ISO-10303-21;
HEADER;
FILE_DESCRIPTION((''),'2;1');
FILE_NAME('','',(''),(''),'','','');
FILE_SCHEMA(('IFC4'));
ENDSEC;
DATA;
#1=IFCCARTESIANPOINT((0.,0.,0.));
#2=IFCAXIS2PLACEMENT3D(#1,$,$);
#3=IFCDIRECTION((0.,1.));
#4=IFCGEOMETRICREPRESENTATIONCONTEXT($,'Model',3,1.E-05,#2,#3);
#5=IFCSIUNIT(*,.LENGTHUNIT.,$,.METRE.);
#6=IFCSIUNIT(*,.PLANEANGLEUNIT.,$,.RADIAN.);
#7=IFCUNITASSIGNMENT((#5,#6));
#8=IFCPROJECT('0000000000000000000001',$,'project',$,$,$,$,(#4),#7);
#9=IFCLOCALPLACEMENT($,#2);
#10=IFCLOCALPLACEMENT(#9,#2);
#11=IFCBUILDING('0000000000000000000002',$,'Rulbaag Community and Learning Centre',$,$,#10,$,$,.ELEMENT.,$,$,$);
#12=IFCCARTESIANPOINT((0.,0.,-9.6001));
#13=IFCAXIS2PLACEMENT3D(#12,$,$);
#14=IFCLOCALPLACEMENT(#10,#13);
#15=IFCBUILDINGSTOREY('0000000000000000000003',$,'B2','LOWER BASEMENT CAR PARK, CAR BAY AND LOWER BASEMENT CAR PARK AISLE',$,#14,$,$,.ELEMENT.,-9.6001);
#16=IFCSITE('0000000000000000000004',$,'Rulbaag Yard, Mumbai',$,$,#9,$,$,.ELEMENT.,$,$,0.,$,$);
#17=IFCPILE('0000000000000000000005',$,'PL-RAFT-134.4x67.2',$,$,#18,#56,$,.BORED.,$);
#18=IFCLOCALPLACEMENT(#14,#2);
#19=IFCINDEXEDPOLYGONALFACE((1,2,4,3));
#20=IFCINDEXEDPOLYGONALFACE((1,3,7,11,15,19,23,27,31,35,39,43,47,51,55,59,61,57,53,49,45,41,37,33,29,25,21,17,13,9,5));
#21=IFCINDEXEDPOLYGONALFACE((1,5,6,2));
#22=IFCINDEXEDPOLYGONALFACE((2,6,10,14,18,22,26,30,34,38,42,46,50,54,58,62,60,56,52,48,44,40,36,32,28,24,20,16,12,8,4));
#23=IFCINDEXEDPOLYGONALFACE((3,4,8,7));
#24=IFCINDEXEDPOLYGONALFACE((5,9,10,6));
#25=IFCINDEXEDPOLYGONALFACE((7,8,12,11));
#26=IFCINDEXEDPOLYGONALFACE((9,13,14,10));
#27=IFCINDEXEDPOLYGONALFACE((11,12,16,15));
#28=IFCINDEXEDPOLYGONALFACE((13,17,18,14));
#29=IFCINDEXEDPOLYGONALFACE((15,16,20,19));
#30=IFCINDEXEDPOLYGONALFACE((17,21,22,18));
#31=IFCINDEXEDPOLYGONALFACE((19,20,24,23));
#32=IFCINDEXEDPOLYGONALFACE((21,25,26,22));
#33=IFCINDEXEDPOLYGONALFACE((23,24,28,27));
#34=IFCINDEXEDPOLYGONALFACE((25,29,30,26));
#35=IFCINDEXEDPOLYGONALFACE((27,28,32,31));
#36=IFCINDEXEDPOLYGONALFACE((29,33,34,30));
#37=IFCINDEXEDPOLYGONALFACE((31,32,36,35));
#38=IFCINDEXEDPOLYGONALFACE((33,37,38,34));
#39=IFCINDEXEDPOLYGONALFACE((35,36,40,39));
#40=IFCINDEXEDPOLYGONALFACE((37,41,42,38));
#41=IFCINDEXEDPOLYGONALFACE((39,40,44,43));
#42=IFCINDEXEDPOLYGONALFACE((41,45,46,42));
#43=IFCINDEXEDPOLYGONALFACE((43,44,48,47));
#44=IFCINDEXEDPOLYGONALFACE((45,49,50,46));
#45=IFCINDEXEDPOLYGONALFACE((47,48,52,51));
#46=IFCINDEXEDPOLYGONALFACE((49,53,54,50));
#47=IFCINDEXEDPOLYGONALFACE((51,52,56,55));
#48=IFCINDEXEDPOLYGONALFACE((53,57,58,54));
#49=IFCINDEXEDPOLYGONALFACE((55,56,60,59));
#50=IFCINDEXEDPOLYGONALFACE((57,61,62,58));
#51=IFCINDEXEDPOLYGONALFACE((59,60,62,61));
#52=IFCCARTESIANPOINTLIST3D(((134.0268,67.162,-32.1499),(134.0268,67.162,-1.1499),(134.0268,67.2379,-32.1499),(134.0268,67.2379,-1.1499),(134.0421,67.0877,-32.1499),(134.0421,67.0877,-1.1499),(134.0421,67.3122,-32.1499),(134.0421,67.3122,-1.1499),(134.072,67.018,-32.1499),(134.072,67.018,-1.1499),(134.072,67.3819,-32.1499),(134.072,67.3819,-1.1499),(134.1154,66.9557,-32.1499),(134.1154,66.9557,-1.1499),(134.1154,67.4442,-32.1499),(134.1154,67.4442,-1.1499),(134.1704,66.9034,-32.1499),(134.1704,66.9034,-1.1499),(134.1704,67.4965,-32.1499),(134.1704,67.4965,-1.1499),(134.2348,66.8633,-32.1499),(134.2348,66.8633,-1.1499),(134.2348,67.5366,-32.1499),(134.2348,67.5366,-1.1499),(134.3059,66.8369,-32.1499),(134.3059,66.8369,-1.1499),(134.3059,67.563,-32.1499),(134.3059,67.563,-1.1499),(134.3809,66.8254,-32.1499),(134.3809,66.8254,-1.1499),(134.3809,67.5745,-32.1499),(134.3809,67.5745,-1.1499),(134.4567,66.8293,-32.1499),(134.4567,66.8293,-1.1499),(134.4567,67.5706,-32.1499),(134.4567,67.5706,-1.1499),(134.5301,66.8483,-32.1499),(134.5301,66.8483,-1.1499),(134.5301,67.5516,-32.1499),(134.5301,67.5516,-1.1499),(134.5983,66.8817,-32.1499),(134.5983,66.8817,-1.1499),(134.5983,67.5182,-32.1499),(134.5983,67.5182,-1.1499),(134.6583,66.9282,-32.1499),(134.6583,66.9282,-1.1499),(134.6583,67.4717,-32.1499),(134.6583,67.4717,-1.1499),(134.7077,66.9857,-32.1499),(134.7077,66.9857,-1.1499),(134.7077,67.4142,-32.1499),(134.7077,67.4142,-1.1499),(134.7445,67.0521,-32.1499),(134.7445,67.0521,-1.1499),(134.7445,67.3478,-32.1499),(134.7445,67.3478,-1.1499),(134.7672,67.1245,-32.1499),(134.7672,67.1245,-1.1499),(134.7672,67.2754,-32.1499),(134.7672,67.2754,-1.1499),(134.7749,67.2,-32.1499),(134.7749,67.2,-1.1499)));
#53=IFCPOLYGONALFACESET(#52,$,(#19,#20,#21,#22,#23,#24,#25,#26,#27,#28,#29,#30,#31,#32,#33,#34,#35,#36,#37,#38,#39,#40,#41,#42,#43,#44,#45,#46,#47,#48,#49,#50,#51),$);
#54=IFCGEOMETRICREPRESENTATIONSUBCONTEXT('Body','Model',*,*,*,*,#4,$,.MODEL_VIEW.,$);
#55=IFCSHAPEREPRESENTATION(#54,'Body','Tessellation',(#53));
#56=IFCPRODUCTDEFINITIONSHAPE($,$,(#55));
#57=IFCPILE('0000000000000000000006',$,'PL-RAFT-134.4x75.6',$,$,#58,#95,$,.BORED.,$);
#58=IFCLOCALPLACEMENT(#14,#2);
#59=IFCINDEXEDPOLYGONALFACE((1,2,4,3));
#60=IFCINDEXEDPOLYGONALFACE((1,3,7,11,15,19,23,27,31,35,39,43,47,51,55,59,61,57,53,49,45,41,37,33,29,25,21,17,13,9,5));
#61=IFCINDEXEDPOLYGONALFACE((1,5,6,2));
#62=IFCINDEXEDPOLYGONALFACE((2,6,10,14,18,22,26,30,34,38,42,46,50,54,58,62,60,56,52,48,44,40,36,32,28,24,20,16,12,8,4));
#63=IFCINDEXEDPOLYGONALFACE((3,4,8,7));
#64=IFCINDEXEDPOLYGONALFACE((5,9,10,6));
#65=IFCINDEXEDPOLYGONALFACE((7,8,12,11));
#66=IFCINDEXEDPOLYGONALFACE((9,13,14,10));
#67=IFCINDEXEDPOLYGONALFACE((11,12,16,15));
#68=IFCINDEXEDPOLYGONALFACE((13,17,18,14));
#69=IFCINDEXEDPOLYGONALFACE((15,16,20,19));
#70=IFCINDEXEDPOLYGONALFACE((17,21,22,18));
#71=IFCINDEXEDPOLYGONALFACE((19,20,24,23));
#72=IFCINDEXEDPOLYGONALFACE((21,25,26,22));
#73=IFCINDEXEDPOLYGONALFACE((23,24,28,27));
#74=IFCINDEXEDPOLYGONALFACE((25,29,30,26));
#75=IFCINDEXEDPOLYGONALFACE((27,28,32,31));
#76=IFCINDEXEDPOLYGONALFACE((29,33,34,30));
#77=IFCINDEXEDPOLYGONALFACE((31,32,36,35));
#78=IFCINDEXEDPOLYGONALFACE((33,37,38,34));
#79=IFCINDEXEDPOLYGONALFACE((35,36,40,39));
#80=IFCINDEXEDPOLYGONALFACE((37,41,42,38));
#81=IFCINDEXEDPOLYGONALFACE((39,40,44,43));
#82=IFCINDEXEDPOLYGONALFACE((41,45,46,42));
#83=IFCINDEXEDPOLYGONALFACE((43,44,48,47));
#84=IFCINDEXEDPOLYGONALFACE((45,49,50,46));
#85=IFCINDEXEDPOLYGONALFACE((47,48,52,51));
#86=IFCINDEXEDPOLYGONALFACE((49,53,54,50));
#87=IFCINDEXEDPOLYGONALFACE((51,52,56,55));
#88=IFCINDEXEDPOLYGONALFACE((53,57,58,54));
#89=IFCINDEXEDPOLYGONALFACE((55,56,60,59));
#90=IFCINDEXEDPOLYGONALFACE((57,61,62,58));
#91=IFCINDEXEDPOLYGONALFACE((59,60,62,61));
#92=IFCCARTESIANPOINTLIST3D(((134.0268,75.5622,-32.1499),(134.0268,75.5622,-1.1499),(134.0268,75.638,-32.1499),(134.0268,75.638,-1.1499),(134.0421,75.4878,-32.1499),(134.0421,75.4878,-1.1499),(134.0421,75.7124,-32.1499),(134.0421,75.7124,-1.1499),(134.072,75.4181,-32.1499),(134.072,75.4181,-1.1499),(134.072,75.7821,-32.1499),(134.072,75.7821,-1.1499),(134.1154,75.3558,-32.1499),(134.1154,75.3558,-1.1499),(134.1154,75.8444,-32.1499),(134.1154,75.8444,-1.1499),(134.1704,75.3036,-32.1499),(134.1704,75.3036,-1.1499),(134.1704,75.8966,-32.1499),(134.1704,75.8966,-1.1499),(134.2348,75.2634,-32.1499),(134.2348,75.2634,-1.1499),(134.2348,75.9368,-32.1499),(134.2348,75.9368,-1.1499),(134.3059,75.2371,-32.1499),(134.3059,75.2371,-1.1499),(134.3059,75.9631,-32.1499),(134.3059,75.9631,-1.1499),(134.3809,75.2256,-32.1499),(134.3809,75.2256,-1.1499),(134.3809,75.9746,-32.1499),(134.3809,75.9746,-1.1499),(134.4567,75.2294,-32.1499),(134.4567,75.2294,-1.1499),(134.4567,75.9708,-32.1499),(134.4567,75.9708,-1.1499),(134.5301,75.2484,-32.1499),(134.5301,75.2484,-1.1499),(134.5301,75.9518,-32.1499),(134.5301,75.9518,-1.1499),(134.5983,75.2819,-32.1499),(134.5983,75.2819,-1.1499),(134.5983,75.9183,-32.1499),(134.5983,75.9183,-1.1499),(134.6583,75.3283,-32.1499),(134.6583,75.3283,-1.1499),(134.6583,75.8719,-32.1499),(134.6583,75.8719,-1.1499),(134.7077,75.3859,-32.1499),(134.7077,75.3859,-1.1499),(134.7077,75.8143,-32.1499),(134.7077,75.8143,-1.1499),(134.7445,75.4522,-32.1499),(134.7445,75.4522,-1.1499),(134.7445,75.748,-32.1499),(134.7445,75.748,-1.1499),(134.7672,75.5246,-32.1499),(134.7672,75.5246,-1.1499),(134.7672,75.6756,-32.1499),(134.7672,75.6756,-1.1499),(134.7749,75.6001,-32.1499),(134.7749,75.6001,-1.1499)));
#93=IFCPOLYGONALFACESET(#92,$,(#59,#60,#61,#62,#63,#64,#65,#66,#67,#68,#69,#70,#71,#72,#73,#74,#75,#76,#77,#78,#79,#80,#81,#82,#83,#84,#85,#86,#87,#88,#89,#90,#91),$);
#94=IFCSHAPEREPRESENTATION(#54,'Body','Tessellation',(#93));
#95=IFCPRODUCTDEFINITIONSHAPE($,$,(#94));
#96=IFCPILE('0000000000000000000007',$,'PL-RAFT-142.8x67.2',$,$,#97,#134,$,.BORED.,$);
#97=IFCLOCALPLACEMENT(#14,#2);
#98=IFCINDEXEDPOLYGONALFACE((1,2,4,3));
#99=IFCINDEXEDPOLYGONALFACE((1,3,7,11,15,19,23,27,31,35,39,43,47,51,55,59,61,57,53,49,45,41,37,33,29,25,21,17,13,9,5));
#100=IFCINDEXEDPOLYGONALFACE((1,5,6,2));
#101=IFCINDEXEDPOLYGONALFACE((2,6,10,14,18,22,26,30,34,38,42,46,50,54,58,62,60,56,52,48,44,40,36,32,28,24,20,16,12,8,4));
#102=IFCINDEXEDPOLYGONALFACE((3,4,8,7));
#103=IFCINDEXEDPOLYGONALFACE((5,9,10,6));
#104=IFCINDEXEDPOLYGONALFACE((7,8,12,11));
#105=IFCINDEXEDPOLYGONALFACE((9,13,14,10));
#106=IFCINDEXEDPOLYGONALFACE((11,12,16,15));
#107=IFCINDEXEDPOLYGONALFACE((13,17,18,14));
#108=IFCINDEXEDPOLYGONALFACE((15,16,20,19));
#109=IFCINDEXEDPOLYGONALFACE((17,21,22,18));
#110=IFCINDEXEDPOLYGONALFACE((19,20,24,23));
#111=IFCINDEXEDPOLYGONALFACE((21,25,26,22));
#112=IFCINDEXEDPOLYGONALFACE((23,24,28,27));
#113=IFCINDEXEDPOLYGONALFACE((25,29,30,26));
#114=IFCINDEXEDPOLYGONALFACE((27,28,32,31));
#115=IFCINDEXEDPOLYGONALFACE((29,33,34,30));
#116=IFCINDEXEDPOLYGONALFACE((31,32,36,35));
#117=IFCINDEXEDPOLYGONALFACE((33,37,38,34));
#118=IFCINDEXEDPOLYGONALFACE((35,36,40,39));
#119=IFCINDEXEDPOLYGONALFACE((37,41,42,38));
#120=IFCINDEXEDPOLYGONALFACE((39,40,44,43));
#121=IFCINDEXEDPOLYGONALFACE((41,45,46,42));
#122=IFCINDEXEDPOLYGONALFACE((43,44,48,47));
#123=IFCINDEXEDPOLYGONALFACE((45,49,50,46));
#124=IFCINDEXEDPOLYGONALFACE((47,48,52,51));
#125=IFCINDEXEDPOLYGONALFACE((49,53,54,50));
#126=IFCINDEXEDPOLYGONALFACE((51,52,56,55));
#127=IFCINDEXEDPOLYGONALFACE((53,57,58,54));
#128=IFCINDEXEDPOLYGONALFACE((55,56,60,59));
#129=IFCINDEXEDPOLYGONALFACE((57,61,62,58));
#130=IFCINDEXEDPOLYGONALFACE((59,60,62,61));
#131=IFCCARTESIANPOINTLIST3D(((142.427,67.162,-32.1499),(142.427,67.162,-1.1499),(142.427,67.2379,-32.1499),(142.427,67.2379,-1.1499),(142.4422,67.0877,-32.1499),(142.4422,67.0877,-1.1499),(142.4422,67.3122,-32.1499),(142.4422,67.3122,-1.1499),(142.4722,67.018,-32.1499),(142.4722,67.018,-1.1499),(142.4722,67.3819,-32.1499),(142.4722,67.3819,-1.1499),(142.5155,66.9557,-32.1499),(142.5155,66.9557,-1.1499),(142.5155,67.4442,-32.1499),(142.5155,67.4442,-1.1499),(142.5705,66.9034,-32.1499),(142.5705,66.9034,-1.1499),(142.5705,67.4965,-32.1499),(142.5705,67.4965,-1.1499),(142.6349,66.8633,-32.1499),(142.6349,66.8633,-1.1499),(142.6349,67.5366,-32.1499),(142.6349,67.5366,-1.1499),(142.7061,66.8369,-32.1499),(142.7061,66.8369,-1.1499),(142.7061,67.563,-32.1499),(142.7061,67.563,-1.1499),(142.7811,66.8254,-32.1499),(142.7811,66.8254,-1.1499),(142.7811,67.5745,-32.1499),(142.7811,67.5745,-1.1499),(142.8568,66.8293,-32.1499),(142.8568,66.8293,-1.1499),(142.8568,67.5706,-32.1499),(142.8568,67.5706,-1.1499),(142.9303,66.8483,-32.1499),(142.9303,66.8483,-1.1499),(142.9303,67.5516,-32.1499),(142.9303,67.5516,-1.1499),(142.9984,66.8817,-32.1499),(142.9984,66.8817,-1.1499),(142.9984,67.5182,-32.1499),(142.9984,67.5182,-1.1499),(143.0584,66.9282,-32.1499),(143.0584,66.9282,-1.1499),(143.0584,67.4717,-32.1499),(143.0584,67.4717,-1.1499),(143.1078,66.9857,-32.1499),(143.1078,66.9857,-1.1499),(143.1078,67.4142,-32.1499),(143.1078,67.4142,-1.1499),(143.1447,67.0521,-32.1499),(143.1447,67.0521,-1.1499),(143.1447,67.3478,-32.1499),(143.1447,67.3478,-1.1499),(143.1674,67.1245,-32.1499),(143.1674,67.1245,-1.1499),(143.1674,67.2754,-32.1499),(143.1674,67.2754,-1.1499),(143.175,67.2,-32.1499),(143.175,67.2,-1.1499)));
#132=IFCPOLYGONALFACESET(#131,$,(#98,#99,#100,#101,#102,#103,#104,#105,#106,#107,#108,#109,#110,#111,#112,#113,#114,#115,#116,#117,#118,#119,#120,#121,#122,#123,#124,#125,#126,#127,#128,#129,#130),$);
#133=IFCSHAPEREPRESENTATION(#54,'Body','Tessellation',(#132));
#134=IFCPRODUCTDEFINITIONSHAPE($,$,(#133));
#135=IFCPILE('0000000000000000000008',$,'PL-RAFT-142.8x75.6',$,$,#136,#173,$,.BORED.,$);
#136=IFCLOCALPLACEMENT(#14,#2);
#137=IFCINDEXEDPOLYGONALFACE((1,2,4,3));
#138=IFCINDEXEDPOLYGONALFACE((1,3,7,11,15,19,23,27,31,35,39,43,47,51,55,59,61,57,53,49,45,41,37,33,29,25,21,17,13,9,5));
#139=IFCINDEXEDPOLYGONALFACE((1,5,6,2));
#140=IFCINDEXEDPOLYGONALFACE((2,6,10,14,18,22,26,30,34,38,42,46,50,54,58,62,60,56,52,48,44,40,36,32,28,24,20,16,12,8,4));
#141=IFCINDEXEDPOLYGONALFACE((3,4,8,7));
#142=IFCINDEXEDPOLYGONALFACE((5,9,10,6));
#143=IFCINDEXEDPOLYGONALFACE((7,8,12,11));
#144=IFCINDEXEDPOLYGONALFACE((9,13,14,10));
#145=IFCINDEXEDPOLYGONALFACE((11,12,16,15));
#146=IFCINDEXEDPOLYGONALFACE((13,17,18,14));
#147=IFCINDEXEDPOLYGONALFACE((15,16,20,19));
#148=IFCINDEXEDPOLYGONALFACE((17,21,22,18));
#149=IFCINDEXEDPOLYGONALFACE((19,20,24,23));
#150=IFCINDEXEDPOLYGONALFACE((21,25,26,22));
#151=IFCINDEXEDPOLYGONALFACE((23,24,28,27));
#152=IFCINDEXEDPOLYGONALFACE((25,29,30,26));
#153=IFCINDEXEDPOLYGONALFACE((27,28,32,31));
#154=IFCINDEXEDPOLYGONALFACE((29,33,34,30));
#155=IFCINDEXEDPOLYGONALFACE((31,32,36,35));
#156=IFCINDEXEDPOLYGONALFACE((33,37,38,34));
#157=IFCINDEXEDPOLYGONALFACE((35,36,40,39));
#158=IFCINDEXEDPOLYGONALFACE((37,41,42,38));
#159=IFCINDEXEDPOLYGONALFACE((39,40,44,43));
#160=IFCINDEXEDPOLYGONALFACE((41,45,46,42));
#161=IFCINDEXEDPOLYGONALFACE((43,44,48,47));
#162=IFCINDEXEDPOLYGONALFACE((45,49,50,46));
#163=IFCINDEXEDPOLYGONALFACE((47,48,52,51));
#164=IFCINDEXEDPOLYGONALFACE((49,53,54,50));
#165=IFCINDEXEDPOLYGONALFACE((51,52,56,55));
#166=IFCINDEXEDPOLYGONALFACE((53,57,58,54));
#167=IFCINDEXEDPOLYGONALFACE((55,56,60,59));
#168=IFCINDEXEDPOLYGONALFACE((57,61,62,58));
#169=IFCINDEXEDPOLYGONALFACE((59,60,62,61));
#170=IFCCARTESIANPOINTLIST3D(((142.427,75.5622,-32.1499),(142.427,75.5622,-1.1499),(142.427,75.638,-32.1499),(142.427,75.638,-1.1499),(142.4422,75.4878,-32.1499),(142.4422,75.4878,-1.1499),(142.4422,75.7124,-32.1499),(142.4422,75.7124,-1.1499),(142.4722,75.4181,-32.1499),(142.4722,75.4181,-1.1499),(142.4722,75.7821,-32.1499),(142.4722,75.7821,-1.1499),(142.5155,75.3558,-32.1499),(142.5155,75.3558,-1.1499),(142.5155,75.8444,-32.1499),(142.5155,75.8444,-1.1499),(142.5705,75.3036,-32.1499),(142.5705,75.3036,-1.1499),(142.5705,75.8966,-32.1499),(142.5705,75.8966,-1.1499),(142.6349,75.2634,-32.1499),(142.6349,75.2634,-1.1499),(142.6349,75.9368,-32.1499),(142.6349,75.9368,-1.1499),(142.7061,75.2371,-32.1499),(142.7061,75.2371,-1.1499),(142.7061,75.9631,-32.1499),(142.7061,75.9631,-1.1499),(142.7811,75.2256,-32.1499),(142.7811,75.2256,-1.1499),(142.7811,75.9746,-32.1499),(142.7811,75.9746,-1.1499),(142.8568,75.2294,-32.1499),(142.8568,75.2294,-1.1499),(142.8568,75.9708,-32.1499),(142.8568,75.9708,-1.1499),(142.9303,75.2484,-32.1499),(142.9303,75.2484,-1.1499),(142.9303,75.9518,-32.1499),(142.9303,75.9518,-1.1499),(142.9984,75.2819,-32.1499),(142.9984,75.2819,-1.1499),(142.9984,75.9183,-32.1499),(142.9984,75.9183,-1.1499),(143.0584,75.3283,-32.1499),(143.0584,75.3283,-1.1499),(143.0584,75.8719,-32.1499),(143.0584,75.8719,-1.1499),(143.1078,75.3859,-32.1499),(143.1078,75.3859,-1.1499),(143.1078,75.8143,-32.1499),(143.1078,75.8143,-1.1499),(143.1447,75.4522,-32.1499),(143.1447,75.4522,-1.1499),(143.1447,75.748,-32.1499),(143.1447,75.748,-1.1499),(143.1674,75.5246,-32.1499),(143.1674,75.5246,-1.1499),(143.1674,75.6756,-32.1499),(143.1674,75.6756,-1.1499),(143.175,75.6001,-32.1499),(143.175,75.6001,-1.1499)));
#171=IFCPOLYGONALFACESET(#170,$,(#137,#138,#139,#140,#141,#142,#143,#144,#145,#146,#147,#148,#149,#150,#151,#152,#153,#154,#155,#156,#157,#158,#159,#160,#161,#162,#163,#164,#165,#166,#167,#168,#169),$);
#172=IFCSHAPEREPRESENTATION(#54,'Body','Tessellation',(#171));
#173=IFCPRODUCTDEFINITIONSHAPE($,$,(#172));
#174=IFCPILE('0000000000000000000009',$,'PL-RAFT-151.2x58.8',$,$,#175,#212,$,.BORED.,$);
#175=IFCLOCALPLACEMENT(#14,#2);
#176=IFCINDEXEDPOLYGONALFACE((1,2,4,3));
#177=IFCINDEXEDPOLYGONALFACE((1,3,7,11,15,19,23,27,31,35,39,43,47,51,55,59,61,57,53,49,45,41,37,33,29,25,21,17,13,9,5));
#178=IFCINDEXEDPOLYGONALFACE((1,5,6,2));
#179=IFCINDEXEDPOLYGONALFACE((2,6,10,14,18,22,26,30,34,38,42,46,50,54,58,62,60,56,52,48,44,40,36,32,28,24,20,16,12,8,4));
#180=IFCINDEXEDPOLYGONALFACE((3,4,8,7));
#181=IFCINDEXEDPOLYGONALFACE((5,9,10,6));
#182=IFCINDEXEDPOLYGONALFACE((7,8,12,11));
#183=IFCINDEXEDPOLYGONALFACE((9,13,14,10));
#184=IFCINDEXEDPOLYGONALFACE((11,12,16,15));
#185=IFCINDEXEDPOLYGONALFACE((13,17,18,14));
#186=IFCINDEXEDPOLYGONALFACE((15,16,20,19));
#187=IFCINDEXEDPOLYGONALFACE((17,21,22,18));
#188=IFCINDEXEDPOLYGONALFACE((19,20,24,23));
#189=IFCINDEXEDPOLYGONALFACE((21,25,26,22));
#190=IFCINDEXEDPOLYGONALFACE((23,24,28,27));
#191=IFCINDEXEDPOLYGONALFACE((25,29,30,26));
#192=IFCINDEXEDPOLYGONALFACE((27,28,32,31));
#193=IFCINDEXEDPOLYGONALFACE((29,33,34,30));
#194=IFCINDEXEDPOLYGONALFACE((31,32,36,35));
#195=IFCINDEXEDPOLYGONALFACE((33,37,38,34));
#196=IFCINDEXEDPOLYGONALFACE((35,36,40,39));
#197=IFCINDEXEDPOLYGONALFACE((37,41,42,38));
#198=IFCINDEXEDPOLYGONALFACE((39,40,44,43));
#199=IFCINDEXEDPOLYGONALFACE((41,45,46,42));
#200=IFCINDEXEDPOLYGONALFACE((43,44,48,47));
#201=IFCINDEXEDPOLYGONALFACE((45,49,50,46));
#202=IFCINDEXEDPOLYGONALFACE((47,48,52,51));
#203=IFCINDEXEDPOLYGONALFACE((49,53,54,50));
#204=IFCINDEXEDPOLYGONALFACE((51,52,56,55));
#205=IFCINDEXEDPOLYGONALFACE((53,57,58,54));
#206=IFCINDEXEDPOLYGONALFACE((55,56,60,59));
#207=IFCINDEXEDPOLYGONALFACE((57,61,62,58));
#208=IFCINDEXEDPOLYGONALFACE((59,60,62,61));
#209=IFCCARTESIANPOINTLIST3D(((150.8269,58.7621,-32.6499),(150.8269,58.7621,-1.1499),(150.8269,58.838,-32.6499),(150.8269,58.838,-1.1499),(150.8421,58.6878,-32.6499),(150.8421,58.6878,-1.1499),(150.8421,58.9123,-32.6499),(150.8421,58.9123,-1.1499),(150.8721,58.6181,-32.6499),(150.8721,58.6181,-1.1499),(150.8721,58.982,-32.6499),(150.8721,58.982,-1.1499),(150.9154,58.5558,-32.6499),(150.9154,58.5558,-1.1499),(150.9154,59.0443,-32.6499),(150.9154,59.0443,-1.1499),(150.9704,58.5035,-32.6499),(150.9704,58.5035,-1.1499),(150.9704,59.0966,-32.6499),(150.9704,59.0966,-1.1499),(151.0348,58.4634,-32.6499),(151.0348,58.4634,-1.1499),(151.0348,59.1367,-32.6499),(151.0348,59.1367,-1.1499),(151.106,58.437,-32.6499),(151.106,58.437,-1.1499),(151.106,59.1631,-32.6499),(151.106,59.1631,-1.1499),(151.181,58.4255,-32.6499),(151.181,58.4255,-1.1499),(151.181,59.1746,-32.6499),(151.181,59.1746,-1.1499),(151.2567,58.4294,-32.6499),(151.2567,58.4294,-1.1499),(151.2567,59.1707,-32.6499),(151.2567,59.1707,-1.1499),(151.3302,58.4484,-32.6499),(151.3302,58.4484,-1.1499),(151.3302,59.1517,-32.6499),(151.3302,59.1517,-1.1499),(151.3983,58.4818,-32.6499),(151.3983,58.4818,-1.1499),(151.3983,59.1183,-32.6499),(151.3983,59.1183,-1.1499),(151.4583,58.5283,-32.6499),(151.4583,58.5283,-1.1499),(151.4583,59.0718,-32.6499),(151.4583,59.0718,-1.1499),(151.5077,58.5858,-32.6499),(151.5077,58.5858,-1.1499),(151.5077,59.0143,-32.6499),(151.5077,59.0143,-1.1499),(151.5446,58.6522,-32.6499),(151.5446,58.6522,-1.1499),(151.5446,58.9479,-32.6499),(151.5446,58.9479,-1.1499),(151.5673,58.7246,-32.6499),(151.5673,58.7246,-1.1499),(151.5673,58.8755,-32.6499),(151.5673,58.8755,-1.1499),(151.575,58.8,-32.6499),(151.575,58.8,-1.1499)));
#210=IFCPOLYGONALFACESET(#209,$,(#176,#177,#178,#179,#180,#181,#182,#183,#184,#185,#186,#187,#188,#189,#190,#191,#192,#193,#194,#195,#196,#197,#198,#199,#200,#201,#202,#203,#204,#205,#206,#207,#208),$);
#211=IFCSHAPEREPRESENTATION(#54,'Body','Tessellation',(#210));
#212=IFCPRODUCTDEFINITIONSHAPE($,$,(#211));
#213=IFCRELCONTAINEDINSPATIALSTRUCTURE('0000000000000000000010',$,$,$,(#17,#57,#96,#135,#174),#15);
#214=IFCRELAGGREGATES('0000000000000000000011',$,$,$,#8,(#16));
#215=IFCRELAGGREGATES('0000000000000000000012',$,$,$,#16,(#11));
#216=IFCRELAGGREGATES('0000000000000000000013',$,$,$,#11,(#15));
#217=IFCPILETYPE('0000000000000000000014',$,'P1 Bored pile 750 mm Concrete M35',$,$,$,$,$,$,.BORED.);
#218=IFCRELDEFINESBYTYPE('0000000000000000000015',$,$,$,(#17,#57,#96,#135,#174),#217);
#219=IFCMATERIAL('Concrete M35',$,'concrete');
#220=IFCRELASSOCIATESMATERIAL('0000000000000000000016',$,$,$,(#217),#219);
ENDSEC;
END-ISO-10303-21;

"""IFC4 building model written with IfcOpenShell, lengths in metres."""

from ifc_helpers import new_model, si_unit, direction, frame, origin, origin_2d, place, context, subcontext, project, spatial, circle, extrude, material, material_profile, profile_set, type_object, element, save


model = new_model("IFC4")

# Units and contexts
model_context = context("Model", 3, precision=1e-05, world=origin(), true_north=direction((0.0, 1.0)))
body_context = subcontext(model_context, "Body", "Model", "MODEL_VIEW")
ifc_project = project(units=[si_unit("LENGTHUNIT", "METRE"), si_unit("PLANEANGLEUNIT", "RADIAN")], contexts=[model_context])

# Site, building, storey
site_placement = place(None, origin())
site = spatial("IfcSite", under=ifc_project, at=site_placement, Name="Rulbaag Yard, Mumbai", CompositionType="ELEMENT", RefElevation=0.0)
building_placement = place(site_placement, origin())
building = spatial("IfcBuilding", under=site, at=building_placement, Name="Rulbaag Community and Learning Centre", CompositionType="ELEMENT")
storey_placement = place(building_placement, frame((0.0, 0.0, -9.6001)))
storey = spatial("IfcBuildingStorey", under=building, at=storey_placement, Name="B2", Description="LOWER BASEMENT CAR PARK, CAR BAY AND LOWER BASEMENT CAR PARK AISLE", CompositionType="ELEMENT", Elevation=-9.6001)

# Piles
ifc_material_1 = material(Name="Concrete M35", Category="concrete")
ifc_material_profile_1 = material_profile(ifc_material_1, circle(Radius=0.375, at=origin_2d()), Name="BP750")
ifc_profile_set_1 = profile_set([ifc_material_profile_1], Name="Concrete M35")
pile_type_1 = type_object("IfcPileType", Name="P1 Bored pile 750 mm Concrete M35", PredefinedType="BORED", material=ifc_profile_set_1)
for number, where, z_axis, x_axis, name in (
    (1, (134.3999, 67.2, -1.1499), (0.0, 0.0, -1.0), (1.0, 0.0, 0.0), "PL-RAFT-134.4x67.2"),
    (2, (134.3999, 75.6001, -1.1499), (0.0, 0.0, -1.0), (1.0, 0.0, 0.0), "PL-RAFT-134.4x75.6"),
    (3, (142.8, 67.2, -1.1499), (0.0, 0.0, -1.0), (1.0, 0.0, 0.0), "PL-RAFT-142.8x67.2"),
    (4, (142.8, 75.6001, -1.1499), (0.0, 0.0, -1.0), (1.0, 0.0, 0.0), "PL-RAFT-142.8x75.6"),
):
    element("IfcPile", number, at=place(storey_placement, frame(where, z_axis=z_axis, x_axis=x_axis)), inside=storey, type_object=pile_type_1, Name=name, PredefinedType="BORED", context=body_context, shape_type="SweptSolid", body=[
        extrude(circle(Radius=0.375, at=origin_2d()), origin(), (0.0, 0.0, 1.0), 31.0),
    ])
for number, where, z_axis, x_axis, name in (
    (5, (151.2, 58.8, -1.1499), (0.0, 0.0, -1.0), (1.0, 0.0, 0.0), "PL-RAFT-151.2x58.8"),
):
    element("IfcPile", number, at=place(storey_placement, frame(where, z_axis=z_axis, x_axis=x_axis)), inside=storey, type_object=pile_type_1, Name=name, PredefinedType="BORED", context=body_context, shape_type="SweptSolid", body=[
        extrude(circle(Radius=0.375, at=origin_2d()), origin(), (0.0, 0.0, 1.0), 31.5),
    ])

save(model, "model.ifc")
